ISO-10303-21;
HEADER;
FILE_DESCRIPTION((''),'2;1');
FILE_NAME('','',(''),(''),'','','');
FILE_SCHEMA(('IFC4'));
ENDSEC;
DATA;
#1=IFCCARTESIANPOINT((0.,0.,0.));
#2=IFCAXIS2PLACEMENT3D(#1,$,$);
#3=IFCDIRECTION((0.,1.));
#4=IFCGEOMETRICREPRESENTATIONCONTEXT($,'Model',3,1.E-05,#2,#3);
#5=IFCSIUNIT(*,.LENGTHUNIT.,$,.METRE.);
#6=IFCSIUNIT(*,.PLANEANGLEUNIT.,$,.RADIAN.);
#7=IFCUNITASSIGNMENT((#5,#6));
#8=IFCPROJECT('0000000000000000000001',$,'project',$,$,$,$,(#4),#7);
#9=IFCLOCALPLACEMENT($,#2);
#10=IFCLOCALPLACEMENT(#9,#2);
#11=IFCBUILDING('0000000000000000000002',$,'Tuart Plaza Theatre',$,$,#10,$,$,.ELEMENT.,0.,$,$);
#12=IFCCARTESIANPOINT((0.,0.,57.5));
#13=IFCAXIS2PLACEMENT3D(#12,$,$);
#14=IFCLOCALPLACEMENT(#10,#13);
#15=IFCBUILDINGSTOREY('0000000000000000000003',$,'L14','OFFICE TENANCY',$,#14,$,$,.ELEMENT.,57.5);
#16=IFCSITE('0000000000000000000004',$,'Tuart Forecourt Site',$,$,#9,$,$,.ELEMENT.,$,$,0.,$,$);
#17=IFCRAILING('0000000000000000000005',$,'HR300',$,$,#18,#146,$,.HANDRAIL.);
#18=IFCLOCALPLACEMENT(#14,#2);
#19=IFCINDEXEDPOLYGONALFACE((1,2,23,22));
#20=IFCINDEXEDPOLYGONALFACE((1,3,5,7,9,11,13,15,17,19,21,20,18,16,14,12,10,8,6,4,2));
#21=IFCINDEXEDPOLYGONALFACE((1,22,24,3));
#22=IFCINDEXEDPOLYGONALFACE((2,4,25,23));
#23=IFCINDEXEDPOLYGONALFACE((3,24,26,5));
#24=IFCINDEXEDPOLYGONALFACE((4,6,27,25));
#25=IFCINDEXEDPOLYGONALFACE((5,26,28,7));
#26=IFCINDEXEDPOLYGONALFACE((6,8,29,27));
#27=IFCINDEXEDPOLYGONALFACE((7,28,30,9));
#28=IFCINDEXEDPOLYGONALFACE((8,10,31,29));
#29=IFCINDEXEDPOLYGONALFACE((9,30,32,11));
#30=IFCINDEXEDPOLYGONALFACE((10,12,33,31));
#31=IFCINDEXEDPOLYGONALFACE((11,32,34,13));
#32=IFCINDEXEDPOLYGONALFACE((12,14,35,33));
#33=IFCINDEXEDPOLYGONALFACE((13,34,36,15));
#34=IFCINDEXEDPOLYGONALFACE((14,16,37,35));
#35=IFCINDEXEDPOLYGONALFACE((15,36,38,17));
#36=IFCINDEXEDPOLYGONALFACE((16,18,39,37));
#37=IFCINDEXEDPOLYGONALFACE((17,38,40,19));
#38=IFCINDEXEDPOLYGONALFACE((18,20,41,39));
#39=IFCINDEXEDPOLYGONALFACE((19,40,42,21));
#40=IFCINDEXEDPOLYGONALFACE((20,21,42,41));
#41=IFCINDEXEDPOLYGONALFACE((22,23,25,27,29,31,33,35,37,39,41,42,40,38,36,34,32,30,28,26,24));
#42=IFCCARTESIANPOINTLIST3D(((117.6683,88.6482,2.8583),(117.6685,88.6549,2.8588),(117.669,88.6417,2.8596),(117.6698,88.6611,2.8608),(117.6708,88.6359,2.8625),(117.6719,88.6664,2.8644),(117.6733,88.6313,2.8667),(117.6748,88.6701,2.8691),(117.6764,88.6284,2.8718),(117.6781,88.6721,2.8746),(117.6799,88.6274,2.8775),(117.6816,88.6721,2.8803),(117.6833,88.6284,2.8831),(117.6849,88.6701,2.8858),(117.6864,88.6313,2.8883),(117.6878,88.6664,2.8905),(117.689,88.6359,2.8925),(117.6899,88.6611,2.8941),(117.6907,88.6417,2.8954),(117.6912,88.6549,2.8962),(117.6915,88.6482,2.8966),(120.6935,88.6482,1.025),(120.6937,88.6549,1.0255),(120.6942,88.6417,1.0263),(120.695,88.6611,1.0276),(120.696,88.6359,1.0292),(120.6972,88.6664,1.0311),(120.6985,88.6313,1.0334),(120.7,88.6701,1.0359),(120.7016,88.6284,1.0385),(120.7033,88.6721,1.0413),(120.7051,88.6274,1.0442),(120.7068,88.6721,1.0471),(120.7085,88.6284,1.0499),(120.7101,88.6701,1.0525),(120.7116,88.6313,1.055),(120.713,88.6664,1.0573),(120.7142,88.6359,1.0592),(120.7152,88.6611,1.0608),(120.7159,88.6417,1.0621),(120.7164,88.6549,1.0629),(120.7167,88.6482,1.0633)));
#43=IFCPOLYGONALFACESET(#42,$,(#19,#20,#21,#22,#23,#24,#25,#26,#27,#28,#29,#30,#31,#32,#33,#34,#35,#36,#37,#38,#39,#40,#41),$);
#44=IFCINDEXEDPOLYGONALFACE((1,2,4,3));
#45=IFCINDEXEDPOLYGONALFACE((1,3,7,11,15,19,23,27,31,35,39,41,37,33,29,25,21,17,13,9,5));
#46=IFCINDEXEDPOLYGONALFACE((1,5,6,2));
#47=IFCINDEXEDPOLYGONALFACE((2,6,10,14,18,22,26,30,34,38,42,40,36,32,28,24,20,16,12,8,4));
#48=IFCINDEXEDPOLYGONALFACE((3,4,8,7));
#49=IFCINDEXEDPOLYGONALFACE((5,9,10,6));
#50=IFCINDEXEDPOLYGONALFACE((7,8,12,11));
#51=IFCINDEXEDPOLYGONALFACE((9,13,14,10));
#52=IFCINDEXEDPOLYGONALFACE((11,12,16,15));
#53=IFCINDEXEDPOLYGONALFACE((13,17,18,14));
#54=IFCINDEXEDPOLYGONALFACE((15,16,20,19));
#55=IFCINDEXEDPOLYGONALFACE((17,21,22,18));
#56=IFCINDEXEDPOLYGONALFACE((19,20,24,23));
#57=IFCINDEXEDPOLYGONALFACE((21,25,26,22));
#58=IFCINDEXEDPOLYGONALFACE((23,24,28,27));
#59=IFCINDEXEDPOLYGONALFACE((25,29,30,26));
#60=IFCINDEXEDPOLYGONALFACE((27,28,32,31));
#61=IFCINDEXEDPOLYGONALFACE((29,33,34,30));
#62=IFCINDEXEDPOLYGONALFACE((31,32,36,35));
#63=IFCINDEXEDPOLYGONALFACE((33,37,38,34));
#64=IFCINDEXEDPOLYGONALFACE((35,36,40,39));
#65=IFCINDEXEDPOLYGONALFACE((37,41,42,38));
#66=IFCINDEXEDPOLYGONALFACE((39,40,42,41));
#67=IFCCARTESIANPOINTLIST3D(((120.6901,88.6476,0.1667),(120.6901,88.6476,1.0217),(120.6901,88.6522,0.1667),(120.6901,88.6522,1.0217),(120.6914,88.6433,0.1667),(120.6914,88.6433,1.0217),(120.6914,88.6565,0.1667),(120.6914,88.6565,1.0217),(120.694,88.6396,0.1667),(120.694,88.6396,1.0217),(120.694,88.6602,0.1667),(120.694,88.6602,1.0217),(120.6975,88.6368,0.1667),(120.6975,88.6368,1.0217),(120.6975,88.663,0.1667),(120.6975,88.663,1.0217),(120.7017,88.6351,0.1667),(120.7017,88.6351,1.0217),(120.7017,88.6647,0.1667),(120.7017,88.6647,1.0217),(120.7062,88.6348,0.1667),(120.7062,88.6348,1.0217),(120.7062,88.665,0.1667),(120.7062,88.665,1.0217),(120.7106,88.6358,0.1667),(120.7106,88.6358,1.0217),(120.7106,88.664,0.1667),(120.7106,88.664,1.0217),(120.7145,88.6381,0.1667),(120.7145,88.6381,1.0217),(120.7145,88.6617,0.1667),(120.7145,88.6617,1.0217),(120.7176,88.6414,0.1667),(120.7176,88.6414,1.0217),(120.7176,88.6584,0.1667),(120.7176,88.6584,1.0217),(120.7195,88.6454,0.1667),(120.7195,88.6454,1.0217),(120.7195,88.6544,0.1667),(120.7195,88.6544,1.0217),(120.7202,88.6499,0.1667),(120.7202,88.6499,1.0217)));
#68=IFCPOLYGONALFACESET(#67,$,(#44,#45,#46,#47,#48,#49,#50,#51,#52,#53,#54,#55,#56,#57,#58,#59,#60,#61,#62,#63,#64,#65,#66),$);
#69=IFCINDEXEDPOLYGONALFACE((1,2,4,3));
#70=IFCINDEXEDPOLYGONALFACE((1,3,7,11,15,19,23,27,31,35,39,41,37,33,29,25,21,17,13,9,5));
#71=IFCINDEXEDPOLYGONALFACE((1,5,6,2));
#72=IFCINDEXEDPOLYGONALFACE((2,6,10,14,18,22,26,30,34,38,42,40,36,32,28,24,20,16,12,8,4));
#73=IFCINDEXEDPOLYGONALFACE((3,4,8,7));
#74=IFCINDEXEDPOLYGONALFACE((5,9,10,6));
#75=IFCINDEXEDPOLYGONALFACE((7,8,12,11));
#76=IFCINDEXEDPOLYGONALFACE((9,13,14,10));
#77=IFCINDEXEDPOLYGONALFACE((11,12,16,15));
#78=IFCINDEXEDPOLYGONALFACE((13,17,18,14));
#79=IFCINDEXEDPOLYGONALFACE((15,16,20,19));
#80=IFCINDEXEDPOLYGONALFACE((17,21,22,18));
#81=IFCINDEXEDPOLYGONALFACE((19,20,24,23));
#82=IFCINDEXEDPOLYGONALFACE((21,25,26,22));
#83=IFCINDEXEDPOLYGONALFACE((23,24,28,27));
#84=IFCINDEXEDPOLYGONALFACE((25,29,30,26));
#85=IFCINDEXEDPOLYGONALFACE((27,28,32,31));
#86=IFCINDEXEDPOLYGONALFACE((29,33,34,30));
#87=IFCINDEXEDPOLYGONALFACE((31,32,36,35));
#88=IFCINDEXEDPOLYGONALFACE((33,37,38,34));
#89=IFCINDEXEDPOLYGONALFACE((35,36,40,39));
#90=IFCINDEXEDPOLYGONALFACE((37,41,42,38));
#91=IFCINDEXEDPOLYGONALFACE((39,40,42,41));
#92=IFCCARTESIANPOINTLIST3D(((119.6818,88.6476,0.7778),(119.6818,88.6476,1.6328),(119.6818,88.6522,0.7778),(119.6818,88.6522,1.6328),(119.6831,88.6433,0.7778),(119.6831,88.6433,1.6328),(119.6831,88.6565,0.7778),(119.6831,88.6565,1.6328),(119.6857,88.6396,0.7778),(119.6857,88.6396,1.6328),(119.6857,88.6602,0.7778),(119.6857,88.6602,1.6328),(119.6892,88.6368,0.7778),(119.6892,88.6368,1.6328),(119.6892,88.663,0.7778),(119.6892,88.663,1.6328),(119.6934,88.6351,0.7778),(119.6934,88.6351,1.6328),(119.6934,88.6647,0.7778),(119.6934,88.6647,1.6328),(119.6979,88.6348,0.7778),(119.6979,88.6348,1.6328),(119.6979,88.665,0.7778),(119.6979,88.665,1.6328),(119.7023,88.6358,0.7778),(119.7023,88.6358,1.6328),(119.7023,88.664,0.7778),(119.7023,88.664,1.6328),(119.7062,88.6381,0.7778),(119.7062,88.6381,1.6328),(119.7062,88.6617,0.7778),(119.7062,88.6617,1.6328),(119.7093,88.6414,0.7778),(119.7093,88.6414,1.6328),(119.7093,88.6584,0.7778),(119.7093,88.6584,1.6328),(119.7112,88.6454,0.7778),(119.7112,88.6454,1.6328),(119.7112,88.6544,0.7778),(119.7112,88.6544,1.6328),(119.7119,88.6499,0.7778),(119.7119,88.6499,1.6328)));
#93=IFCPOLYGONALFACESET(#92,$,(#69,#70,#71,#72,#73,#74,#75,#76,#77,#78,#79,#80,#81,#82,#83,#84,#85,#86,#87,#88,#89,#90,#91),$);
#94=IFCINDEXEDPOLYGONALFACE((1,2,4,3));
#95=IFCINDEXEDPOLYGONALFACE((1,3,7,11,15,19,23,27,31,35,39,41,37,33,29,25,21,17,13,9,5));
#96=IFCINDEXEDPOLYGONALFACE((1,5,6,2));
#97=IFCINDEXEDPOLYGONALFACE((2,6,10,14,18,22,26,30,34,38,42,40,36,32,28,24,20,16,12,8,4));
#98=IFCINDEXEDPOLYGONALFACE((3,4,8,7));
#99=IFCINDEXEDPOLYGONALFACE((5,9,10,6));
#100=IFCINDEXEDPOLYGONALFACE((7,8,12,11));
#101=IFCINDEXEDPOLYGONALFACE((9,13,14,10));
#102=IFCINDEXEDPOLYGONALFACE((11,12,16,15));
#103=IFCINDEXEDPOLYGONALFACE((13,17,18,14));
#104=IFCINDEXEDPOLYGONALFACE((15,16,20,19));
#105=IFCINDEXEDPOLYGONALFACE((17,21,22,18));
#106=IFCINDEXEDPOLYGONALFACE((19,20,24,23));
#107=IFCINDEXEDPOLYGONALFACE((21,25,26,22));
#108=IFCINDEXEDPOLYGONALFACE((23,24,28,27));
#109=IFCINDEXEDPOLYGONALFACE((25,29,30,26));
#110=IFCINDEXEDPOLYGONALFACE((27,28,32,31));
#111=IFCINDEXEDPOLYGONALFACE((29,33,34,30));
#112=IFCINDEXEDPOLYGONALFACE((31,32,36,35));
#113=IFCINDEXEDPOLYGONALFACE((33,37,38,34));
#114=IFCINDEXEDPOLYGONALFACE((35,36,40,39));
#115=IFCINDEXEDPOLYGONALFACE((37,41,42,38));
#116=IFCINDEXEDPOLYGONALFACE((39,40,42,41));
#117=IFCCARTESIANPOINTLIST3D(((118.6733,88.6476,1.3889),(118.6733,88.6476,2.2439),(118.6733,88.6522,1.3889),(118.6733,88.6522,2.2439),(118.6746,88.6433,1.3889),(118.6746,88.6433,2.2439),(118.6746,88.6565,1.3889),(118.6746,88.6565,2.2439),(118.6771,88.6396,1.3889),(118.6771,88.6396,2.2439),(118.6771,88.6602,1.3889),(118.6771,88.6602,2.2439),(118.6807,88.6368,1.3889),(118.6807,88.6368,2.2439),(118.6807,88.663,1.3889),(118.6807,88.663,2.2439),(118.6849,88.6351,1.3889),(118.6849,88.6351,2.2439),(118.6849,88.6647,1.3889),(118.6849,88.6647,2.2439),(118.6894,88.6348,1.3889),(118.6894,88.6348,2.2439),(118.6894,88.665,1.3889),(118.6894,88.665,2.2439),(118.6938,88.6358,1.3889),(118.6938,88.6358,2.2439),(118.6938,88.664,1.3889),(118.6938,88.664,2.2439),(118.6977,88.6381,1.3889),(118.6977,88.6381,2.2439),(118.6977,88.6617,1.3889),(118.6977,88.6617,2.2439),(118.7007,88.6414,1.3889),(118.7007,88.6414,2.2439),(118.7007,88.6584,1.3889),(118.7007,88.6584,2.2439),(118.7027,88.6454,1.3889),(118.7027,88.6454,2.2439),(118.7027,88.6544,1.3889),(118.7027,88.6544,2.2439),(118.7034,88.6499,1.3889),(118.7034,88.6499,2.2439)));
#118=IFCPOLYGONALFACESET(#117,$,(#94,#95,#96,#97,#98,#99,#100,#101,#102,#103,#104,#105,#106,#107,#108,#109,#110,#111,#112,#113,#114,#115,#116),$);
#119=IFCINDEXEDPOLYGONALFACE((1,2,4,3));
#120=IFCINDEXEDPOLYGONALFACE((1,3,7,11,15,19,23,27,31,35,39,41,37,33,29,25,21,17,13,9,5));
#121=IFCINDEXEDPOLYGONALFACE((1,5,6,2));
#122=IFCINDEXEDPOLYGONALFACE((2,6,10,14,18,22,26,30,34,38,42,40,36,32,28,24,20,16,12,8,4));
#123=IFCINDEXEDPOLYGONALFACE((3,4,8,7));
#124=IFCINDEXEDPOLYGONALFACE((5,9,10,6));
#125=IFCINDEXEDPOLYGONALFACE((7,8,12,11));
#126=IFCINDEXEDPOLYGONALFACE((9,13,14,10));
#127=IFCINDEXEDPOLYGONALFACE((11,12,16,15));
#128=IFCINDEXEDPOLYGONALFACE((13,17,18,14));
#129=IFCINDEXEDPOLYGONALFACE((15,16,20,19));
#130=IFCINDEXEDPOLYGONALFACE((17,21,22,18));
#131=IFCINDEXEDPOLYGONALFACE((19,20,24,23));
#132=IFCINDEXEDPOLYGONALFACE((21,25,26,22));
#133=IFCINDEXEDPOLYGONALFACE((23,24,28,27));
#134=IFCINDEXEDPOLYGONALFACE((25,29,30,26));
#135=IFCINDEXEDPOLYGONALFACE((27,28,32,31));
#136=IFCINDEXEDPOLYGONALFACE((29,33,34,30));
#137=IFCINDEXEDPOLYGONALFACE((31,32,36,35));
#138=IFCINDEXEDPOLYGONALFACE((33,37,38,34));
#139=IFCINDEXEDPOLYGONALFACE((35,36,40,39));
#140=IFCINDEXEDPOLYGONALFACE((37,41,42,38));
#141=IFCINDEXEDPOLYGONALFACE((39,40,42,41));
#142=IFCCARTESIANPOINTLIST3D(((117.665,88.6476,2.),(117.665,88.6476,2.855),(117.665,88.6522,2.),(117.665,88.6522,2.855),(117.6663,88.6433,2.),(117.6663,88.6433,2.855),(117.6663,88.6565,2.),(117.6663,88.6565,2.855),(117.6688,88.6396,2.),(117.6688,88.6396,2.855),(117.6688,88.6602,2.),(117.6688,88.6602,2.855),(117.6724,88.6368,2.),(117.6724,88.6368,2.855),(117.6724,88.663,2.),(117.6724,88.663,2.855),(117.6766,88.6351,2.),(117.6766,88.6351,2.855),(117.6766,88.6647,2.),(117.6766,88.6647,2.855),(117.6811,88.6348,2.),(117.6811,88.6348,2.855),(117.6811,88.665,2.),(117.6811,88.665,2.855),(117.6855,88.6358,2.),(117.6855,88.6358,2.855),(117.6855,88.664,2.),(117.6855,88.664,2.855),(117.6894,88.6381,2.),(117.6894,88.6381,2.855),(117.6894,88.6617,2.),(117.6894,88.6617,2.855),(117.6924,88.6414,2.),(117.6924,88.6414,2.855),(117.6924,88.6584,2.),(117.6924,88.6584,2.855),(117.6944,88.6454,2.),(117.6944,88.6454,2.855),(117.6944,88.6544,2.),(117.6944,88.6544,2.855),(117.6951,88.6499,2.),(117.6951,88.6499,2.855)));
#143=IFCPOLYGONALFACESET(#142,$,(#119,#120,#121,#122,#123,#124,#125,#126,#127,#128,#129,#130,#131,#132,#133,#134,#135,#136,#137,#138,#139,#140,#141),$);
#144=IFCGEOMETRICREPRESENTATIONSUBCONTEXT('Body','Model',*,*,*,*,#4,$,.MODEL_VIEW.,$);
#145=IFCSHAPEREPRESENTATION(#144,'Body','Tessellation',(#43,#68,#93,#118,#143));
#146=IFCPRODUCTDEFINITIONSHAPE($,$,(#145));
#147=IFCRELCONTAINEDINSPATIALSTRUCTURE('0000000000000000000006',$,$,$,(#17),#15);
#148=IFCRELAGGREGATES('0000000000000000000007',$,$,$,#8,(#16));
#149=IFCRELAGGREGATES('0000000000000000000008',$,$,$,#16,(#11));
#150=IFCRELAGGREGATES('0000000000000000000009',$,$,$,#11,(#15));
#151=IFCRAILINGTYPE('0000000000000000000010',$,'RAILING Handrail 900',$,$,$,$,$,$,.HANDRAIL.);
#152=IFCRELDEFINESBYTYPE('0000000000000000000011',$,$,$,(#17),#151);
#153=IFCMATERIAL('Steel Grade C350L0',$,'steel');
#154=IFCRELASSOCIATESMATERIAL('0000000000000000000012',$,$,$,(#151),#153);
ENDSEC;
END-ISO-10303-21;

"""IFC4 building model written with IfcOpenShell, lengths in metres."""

from ifc_helpers import new_model, si_unit, direction, frame, origin, origin_2d, place, context, subcontext, project, spatial, circle, extrude, material, type_object, element, save


model = new_model("IFC4")

# Units and contexts
model_context = context("Model", 3, precision=1e-05, world=origin(), true_north=direction((0.0, 1.0)))
body_context = subcontext(model_context, "Body", "Model", "MODEL_VIEW")
ifc_project = project(units=[si_unit("LENGTHUNIT", "METRE"), si_unit("PLANEANGLEUNIT", "RADIAN")], contexts=[model_context])

# Site, building, storey
site_placement = place(None, origin())
site = spatial("IfcSite", under=ifc_project, at=site_placement, Name="Tuart Forecourt Site", CompositionType="ELEMENT", RefElevation=0.0)
building_placement = place(site_placement, origin())
building = spatial("IfcBuilding", under=site, at=building_placement, Name="Tuart Plaza Theatre", CompositionType="ELEMENT", ElevationOfRefHeight=0.0)
storey_placement = place(building_placement, frame((0.0, 0.0, 57.5)))
storey = spatial("IfcBuildingStorey", under=building, at=storey_placement, Name="L14", Description="OFFICE TENANCY", CompositionType="ELEMENT", Elevation=57.5)

# Railing
ifc_material_1 = material(Name="Steel Grade C350L0", Category="steel")
railing_type_1 = type_object("IfcRailingType", Name="RAILING Handrail 900", PredefinedType="HANDRAIL", material=ifc_material_1)
for number, where, name in (
    (1, (120.7051, 88.6499, 0.1667), "HR300"),
):
    element("IfcRailing", number, at=place(storey_placement, frame(where)), inside=storey, type_object=railing_type_1, Name=name, PredefinedType="HANDRAIL", context=body_context, shape_type="SweptSolid", body=[
        extrude(circle(Radius=0.0225, at=origin_2d()), frame((0.0, 0.0, 0.8774), z_axis=(-0.855219, 0.0, 0.518267), x_axis=(0.0, -1.0, 0.0)), (0.0, 0.0, 1.0), 3.5374),
        extrude(circle(Radius=0.0151, at=origin_2d()), origin(), (0.0, 0.0, 1.0), 0.855),
        extrude(circle(Radius=0.0151, at=origin_2d()), frame((-1.0083, 0.0, 0.6111)), (0.0, 0.0, 1.0), 0.855),
        extrude(circle(Radius=0.0151, at=origin_2d()), frame((-2.0168, 0.0, 1.2222)), (0.0, 0.0, 1.0), 0.855),
        extrude(circle(Radius=0.0151, at=origin_2d()), frame((-3.0251, 0.0, 1.8333)), (0.0, 0.0, 1.0), 0.855),
    ])

save(model, "model.ifc")
